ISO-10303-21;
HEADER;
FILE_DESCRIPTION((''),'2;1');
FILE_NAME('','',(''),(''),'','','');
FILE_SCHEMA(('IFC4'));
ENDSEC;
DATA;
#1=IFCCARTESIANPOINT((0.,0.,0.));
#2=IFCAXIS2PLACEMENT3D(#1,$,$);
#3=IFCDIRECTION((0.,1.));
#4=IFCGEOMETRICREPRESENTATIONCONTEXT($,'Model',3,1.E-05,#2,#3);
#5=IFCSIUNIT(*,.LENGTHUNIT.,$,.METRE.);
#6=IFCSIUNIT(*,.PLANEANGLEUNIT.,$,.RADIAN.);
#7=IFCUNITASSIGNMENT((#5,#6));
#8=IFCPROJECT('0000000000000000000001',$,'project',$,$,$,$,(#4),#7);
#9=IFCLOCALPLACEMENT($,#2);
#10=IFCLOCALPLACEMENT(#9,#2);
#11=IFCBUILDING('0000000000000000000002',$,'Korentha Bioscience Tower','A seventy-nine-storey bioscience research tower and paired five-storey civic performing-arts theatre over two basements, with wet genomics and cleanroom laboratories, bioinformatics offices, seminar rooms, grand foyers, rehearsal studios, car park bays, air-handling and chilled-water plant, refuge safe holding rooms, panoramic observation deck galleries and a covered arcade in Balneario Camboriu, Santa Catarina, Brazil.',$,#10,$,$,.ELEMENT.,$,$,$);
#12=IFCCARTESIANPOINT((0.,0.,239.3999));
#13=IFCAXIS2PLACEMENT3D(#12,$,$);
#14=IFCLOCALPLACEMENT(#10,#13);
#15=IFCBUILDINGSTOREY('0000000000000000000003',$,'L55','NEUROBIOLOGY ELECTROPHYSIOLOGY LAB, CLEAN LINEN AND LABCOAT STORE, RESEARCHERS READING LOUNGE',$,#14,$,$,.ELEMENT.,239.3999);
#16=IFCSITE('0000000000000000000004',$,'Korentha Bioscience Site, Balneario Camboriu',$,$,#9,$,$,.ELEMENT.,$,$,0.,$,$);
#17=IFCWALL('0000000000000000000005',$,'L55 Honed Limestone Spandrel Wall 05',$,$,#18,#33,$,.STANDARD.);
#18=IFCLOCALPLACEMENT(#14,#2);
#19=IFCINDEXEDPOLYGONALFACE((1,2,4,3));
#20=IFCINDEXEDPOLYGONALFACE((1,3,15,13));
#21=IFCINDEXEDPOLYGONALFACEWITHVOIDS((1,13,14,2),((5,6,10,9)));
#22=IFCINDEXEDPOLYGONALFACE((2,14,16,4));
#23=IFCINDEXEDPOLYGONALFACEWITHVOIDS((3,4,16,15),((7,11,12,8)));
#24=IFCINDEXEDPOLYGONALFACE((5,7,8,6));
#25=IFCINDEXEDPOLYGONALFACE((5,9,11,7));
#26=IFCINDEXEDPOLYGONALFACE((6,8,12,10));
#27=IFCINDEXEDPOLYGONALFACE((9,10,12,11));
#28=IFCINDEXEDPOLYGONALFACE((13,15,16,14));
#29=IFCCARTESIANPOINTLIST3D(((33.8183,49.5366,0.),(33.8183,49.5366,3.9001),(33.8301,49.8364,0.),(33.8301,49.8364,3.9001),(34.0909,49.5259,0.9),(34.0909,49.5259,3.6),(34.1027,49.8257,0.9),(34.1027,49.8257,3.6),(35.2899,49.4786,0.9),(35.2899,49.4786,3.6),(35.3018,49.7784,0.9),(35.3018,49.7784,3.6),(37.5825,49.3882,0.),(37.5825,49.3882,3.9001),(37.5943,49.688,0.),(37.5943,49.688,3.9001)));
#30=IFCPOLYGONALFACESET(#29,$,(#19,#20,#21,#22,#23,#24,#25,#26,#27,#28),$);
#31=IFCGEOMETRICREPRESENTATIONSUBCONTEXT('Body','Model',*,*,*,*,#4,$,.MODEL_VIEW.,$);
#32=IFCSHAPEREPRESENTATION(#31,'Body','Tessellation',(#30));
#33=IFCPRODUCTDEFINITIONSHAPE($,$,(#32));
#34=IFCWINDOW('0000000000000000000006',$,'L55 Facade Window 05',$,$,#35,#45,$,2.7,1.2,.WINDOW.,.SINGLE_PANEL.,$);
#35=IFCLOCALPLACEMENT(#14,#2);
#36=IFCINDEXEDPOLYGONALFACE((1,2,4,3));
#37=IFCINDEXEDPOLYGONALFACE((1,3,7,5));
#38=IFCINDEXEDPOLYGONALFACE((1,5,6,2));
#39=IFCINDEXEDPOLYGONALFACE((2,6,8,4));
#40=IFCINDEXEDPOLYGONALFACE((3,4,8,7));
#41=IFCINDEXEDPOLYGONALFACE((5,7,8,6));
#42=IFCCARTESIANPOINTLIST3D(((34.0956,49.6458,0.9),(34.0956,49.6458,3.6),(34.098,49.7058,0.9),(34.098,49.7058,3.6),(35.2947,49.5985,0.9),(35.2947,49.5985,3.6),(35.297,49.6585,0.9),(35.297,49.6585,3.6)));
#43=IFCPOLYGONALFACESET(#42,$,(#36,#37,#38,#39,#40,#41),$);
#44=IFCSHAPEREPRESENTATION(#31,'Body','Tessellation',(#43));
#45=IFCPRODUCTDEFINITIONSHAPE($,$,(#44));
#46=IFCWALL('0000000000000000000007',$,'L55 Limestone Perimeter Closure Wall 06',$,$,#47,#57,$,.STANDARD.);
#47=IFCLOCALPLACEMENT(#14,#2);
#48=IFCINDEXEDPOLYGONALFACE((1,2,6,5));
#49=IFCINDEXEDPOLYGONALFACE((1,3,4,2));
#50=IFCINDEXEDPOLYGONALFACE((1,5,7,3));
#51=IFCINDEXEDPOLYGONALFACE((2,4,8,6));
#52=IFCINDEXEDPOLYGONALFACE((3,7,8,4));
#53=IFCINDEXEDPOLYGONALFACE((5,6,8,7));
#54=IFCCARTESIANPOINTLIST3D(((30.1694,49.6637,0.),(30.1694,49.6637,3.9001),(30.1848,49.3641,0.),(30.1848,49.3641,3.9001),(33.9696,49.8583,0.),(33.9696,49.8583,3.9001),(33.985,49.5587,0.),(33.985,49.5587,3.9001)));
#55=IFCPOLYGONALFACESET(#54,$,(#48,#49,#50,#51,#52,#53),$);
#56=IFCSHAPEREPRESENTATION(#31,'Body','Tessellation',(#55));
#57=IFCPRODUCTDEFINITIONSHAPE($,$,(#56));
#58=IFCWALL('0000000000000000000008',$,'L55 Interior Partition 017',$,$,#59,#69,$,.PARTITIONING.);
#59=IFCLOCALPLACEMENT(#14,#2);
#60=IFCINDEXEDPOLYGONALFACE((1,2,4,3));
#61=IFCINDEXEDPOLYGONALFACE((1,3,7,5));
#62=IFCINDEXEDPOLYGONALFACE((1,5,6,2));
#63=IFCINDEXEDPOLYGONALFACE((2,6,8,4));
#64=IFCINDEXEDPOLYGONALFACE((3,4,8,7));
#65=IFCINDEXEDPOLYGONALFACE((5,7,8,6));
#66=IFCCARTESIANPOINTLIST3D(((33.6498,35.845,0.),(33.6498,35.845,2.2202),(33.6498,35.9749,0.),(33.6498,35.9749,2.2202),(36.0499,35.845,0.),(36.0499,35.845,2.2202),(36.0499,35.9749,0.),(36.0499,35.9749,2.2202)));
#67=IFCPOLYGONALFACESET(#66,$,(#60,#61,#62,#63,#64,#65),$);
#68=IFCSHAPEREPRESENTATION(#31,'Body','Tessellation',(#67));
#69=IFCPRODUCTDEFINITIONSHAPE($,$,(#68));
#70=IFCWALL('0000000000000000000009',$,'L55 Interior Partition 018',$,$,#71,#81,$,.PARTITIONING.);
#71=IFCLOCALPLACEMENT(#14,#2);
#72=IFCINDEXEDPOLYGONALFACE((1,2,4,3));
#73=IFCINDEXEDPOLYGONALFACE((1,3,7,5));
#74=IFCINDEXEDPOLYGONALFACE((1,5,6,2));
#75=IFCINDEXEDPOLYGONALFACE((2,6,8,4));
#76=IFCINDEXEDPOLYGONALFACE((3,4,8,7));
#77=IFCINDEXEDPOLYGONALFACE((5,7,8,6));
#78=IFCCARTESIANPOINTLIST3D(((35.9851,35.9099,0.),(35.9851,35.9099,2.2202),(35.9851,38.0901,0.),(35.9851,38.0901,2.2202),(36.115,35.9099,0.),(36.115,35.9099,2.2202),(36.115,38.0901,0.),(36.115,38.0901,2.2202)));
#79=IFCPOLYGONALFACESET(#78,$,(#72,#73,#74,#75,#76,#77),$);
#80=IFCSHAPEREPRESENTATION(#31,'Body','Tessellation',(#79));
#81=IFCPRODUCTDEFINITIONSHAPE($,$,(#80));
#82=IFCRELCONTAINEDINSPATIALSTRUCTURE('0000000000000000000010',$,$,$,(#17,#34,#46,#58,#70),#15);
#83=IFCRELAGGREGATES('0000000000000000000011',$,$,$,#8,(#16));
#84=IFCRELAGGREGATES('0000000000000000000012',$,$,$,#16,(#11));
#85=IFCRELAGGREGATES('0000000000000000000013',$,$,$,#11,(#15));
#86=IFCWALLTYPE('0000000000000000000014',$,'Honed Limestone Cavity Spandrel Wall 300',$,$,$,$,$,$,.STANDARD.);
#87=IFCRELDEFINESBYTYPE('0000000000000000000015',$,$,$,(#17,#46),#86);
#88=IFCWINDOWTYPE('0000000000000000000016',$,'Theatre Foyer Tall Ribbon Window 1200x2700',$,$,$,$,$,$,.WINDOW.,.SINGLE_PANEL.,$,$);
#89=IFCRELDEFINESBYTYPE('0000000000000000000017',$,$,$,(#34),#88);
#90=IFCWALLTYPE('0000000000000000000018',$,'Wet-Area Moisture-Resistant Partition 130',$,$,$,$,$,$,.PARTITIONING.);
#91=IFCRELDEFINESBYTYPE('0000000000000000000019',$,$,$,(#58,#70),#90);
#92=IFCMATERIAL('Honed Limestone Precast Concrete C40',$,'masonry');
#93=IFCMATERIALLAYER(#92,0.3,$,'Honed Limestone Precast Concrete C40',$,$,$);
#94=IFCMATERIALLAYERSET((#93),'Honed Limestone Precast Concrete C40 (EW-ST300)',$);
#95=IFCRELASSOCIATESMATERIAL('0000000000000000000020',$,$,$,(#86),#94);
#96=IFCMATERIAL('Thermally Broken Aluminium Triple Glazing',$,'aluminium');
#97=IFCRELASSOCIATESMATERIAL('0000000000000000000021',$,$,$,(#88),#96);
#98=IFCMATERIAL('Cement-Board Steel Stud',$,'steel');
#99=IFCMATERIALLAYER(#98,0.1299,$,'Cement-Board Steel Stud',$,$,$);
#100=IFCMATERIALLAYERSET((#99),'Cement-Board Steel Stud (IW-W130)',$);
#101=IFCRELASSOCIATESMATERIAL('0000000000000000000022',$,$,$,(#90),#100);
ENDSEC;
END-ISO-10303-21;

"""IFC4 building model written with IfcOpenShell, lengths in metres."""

from ifc_helpers import new_model, si_unit, direction, frame, frame_2d, origin, place, context, subcontext, project, spatial, rectangle, extrude, material, layer, layer_set, type_object, element, fill, save


model = new_model("IFC4")

# Units and contexts
model_context = context("Model", 3, precision=1e-05, world=origin(), true_north=direction((0.0, 1.0)))
body_context = subcontext(model_context, "Body", "Model", "MODEL_VIEW")
ifc_project = project(units=[si_unit("LENGTHUNIT", "METRE"), si_unit("PLANEANGLEUNIT", "RADIAN")], contexts=[model_context])

# Site, building, storey
site_placement = place(None, origin())
site = spatial("IfcSite", under=ifc_project, at=site_placement, Name="Korentha Bioscience Site, Balneario Camboriu", CompositionType="ELEMENT", RefElevation=0.0)
building_placement = place(site_placement, origin())
building = spatial("IfcBuilding", under=site, at=building_placement, Name="Korentha Bioscience Tower", Description="A seventy-nine-storey bioscience research tower and paired five-storey civic performing-arts theatre over two basements, with wet genomics and cleanroom laboratories, bioinformatics offices, seminar rooms, grand foyers, rehearsal studios, car park bays, air-handling and chilled-water plant, refuge safe holding rooms, panoramic observation deck galleries and a covered arcade in Balneario Camboriu, Santa Catarina, Brazil.", CompositionType="ELEMENT")
storey_placement = place(building_placement, frame((0.0, 0.0, 239.3999)))
storey = spatial("IfcBuildingStorey", under=building, at=storey_placement, Name="L55", Description="NEUROBIOLOGY ELECTROPHYSIOLOGY LAB, CLEAN LINEN AND LABCOAT STORE, RESEARCHERS READING LOUNGE", CompositionType="ELEMENT", Elevation=239.3999)

# Wall, opening, window
ifc_material_1 = material(Name="Honed Limestone Precast Concrete C40", Category="masonry")
ifc_layer_1 = layer(ifc_material_1, 0.3, Name="Honed Limestone Precast Concrete C40")
ifc_layer_set_1 = layer_set([ifc_layer_1], Name="Honed Limestone Precast Concrete C40 (EW-ST300)")
wall_type_1 = type_object("IfcWallType", Name="Honed Limestone Cavity Spandrel Wall 300", PredefinedType="STANDARD", material=ifc_layer_set_1)
wall_1_placement = place(storey_placement, frame((37.5884, 49.5381, 0.0), z_axis=(0.0, 0.0, 1.0), x_axis=(-0.999223, 0.039404, 0.0)))
wall_1 = element("IfcWall", 1, at=wall_1_placement, inside=storey, type_object=wall_type_1, Name="L55 Honed Limestone Spandrel Wall 05", PredefinedType="STANDARD", context=body_context, shape_type="SweptSolid", body=[
    extrude(rectangle(XDim=3.7671, YDim=0.3, at=frame_2d((1.8835, 0.0))), origin(), (0.0, 0.0, 1.0), 3.9001),
])
opening_1_placement = place(wall_1_placement, frame((2.2942, 0.0, 0.8999)))
opening_1 = element("IfcOpeningElement", 2, at=opening_1_placement, cuts=wall_1, PredefinedType="OPENING", context=body_context, shape_type="SweptSolid", body=[
    extrude(rectangle(XDim=1.2, YDim=2.7, at=frame_2d((0.6001, 1.3501))), frame((0.0, 0.165, 0.0), z_axis=(0.0, -1.0, 0.0), x_axis=(1.0, 0.0, 0.0)), (0.0, 0.0, 1.0), 0.3298),
])
ifc_material_2 = material(Name="Thermally Broken Aluminium Triple Glazing", Category="aluminium")
window_type = type_object("IfcWindowType", Name="Theatre Foyer Tall Ribbon Window 1200x2700", PartitioningType="SINGLE_PANEL", PredefinedType="WINDOW", material=ifc_material_2)
window_placement = place(opening_1_placement, origin())
window = element("IfcWindow", 3, at=window_placement, inside=storey, type_object=window_type, Name="L55 Facade Window 05", OverallHeight=2.7, OverallWidth=1.2, PartitioningType="SINGLE_PANEL", PredefinedType="WINDOW", context=body_context, shape_type="SweptSolid", body=[
    extrude(rectangle(XDim=1.2, YDim=2.7, at=frame_2d((0.6001, 1.3501))), frame((0.0, 0.03, 0.0), z_axis=(0.0, -1.0, 0.0), x_axis=(1.0, 0.0, 0.0)), (0.0, 0.0, 1.0), 0.0601),
])
fill(opening_1, window)

# Wall
wall_2_placement = place(storey_placement, frame((33.9773, 49.7085, 0.0), z_axis=(0.0, 0.0, 1.0), x_axis=(-0.998692, -0.051134, 0.0)))
element("IfcWall", 4, at=wall_2_placement, inside=storey, type_object=wall_type_1, Name="L55 Limestone Perimeter Closure Wall 06", PredefinedType="STANDARD", context=body_context, shape_type="SweptSolid", body=[
    extrude(rectangle(XDim=3.8052, YDim=0.3, at=frame_2d((1.9026, 0.0))), origin(), (0.0, 0.0, 1.0), 3.9001),
])

# Shared definitions
ifc_material_3 = material(Name="Cement-Board Steel Stud", Category="steel")
ifc_layer_2 = layer(ifc_material_3, 0.1299, Name="Cement-Board Steel Stud")
ifc_layer_set_2 = layer_set([ifc_layer_2], Name="Cement-Board Steel Stud (IW-W130)")
wall_type_2 = type_object("IfcWallType", Name="Wet-Area Moisture-Resistant Partition 130", PredefinedType="PARTITIONING", material=ifc_layer_set_2)

# Walls
wall_3_placement = place(storey_placement, frame((36.05, 35.9099, 0.0), z_axis=(0.0, 0.0, 1.0), x_axis=(-1.0, 0.0, 0.0)))
element("IfcWall", 5, at=wall_3_placement, inside=storey, type_object=wall_type_2, Name="L55 Interior Partition 017", PredefinedType="PARTITIONING", context=body_context, shape_type="SweptSolid", body=[
    extrude(rectangle(XDim=2.4001, YDim=0.1299, at=frame_2d((1.2002, 0.0))), origin(), (0.0, 0.0, 1.0), 2.2202),
])
wall_4_placement = place(storey_placement, frame((36.05, 38.0901, 0.0), z_axis=(0.0, 0.0, 1.0), x_axis=(0.0, -1.0, 0.0)))
element("IfcWall", 6, at=wall_4_placement, inside=storey, type_object=wall_type_2, Name="L55 Interior Partition 018", PredefinedType="PARTITIONING", context=body_context, shape_type="SweptSolid", body=[
    extrude(rectangle(XDim=2.1802, YDim=0.1299, at=frame_2d((1.0901, 0.0))), origin(), (0.0, 0.0, 1.0), 2.2202),
])

save(model, "model.ifc")
